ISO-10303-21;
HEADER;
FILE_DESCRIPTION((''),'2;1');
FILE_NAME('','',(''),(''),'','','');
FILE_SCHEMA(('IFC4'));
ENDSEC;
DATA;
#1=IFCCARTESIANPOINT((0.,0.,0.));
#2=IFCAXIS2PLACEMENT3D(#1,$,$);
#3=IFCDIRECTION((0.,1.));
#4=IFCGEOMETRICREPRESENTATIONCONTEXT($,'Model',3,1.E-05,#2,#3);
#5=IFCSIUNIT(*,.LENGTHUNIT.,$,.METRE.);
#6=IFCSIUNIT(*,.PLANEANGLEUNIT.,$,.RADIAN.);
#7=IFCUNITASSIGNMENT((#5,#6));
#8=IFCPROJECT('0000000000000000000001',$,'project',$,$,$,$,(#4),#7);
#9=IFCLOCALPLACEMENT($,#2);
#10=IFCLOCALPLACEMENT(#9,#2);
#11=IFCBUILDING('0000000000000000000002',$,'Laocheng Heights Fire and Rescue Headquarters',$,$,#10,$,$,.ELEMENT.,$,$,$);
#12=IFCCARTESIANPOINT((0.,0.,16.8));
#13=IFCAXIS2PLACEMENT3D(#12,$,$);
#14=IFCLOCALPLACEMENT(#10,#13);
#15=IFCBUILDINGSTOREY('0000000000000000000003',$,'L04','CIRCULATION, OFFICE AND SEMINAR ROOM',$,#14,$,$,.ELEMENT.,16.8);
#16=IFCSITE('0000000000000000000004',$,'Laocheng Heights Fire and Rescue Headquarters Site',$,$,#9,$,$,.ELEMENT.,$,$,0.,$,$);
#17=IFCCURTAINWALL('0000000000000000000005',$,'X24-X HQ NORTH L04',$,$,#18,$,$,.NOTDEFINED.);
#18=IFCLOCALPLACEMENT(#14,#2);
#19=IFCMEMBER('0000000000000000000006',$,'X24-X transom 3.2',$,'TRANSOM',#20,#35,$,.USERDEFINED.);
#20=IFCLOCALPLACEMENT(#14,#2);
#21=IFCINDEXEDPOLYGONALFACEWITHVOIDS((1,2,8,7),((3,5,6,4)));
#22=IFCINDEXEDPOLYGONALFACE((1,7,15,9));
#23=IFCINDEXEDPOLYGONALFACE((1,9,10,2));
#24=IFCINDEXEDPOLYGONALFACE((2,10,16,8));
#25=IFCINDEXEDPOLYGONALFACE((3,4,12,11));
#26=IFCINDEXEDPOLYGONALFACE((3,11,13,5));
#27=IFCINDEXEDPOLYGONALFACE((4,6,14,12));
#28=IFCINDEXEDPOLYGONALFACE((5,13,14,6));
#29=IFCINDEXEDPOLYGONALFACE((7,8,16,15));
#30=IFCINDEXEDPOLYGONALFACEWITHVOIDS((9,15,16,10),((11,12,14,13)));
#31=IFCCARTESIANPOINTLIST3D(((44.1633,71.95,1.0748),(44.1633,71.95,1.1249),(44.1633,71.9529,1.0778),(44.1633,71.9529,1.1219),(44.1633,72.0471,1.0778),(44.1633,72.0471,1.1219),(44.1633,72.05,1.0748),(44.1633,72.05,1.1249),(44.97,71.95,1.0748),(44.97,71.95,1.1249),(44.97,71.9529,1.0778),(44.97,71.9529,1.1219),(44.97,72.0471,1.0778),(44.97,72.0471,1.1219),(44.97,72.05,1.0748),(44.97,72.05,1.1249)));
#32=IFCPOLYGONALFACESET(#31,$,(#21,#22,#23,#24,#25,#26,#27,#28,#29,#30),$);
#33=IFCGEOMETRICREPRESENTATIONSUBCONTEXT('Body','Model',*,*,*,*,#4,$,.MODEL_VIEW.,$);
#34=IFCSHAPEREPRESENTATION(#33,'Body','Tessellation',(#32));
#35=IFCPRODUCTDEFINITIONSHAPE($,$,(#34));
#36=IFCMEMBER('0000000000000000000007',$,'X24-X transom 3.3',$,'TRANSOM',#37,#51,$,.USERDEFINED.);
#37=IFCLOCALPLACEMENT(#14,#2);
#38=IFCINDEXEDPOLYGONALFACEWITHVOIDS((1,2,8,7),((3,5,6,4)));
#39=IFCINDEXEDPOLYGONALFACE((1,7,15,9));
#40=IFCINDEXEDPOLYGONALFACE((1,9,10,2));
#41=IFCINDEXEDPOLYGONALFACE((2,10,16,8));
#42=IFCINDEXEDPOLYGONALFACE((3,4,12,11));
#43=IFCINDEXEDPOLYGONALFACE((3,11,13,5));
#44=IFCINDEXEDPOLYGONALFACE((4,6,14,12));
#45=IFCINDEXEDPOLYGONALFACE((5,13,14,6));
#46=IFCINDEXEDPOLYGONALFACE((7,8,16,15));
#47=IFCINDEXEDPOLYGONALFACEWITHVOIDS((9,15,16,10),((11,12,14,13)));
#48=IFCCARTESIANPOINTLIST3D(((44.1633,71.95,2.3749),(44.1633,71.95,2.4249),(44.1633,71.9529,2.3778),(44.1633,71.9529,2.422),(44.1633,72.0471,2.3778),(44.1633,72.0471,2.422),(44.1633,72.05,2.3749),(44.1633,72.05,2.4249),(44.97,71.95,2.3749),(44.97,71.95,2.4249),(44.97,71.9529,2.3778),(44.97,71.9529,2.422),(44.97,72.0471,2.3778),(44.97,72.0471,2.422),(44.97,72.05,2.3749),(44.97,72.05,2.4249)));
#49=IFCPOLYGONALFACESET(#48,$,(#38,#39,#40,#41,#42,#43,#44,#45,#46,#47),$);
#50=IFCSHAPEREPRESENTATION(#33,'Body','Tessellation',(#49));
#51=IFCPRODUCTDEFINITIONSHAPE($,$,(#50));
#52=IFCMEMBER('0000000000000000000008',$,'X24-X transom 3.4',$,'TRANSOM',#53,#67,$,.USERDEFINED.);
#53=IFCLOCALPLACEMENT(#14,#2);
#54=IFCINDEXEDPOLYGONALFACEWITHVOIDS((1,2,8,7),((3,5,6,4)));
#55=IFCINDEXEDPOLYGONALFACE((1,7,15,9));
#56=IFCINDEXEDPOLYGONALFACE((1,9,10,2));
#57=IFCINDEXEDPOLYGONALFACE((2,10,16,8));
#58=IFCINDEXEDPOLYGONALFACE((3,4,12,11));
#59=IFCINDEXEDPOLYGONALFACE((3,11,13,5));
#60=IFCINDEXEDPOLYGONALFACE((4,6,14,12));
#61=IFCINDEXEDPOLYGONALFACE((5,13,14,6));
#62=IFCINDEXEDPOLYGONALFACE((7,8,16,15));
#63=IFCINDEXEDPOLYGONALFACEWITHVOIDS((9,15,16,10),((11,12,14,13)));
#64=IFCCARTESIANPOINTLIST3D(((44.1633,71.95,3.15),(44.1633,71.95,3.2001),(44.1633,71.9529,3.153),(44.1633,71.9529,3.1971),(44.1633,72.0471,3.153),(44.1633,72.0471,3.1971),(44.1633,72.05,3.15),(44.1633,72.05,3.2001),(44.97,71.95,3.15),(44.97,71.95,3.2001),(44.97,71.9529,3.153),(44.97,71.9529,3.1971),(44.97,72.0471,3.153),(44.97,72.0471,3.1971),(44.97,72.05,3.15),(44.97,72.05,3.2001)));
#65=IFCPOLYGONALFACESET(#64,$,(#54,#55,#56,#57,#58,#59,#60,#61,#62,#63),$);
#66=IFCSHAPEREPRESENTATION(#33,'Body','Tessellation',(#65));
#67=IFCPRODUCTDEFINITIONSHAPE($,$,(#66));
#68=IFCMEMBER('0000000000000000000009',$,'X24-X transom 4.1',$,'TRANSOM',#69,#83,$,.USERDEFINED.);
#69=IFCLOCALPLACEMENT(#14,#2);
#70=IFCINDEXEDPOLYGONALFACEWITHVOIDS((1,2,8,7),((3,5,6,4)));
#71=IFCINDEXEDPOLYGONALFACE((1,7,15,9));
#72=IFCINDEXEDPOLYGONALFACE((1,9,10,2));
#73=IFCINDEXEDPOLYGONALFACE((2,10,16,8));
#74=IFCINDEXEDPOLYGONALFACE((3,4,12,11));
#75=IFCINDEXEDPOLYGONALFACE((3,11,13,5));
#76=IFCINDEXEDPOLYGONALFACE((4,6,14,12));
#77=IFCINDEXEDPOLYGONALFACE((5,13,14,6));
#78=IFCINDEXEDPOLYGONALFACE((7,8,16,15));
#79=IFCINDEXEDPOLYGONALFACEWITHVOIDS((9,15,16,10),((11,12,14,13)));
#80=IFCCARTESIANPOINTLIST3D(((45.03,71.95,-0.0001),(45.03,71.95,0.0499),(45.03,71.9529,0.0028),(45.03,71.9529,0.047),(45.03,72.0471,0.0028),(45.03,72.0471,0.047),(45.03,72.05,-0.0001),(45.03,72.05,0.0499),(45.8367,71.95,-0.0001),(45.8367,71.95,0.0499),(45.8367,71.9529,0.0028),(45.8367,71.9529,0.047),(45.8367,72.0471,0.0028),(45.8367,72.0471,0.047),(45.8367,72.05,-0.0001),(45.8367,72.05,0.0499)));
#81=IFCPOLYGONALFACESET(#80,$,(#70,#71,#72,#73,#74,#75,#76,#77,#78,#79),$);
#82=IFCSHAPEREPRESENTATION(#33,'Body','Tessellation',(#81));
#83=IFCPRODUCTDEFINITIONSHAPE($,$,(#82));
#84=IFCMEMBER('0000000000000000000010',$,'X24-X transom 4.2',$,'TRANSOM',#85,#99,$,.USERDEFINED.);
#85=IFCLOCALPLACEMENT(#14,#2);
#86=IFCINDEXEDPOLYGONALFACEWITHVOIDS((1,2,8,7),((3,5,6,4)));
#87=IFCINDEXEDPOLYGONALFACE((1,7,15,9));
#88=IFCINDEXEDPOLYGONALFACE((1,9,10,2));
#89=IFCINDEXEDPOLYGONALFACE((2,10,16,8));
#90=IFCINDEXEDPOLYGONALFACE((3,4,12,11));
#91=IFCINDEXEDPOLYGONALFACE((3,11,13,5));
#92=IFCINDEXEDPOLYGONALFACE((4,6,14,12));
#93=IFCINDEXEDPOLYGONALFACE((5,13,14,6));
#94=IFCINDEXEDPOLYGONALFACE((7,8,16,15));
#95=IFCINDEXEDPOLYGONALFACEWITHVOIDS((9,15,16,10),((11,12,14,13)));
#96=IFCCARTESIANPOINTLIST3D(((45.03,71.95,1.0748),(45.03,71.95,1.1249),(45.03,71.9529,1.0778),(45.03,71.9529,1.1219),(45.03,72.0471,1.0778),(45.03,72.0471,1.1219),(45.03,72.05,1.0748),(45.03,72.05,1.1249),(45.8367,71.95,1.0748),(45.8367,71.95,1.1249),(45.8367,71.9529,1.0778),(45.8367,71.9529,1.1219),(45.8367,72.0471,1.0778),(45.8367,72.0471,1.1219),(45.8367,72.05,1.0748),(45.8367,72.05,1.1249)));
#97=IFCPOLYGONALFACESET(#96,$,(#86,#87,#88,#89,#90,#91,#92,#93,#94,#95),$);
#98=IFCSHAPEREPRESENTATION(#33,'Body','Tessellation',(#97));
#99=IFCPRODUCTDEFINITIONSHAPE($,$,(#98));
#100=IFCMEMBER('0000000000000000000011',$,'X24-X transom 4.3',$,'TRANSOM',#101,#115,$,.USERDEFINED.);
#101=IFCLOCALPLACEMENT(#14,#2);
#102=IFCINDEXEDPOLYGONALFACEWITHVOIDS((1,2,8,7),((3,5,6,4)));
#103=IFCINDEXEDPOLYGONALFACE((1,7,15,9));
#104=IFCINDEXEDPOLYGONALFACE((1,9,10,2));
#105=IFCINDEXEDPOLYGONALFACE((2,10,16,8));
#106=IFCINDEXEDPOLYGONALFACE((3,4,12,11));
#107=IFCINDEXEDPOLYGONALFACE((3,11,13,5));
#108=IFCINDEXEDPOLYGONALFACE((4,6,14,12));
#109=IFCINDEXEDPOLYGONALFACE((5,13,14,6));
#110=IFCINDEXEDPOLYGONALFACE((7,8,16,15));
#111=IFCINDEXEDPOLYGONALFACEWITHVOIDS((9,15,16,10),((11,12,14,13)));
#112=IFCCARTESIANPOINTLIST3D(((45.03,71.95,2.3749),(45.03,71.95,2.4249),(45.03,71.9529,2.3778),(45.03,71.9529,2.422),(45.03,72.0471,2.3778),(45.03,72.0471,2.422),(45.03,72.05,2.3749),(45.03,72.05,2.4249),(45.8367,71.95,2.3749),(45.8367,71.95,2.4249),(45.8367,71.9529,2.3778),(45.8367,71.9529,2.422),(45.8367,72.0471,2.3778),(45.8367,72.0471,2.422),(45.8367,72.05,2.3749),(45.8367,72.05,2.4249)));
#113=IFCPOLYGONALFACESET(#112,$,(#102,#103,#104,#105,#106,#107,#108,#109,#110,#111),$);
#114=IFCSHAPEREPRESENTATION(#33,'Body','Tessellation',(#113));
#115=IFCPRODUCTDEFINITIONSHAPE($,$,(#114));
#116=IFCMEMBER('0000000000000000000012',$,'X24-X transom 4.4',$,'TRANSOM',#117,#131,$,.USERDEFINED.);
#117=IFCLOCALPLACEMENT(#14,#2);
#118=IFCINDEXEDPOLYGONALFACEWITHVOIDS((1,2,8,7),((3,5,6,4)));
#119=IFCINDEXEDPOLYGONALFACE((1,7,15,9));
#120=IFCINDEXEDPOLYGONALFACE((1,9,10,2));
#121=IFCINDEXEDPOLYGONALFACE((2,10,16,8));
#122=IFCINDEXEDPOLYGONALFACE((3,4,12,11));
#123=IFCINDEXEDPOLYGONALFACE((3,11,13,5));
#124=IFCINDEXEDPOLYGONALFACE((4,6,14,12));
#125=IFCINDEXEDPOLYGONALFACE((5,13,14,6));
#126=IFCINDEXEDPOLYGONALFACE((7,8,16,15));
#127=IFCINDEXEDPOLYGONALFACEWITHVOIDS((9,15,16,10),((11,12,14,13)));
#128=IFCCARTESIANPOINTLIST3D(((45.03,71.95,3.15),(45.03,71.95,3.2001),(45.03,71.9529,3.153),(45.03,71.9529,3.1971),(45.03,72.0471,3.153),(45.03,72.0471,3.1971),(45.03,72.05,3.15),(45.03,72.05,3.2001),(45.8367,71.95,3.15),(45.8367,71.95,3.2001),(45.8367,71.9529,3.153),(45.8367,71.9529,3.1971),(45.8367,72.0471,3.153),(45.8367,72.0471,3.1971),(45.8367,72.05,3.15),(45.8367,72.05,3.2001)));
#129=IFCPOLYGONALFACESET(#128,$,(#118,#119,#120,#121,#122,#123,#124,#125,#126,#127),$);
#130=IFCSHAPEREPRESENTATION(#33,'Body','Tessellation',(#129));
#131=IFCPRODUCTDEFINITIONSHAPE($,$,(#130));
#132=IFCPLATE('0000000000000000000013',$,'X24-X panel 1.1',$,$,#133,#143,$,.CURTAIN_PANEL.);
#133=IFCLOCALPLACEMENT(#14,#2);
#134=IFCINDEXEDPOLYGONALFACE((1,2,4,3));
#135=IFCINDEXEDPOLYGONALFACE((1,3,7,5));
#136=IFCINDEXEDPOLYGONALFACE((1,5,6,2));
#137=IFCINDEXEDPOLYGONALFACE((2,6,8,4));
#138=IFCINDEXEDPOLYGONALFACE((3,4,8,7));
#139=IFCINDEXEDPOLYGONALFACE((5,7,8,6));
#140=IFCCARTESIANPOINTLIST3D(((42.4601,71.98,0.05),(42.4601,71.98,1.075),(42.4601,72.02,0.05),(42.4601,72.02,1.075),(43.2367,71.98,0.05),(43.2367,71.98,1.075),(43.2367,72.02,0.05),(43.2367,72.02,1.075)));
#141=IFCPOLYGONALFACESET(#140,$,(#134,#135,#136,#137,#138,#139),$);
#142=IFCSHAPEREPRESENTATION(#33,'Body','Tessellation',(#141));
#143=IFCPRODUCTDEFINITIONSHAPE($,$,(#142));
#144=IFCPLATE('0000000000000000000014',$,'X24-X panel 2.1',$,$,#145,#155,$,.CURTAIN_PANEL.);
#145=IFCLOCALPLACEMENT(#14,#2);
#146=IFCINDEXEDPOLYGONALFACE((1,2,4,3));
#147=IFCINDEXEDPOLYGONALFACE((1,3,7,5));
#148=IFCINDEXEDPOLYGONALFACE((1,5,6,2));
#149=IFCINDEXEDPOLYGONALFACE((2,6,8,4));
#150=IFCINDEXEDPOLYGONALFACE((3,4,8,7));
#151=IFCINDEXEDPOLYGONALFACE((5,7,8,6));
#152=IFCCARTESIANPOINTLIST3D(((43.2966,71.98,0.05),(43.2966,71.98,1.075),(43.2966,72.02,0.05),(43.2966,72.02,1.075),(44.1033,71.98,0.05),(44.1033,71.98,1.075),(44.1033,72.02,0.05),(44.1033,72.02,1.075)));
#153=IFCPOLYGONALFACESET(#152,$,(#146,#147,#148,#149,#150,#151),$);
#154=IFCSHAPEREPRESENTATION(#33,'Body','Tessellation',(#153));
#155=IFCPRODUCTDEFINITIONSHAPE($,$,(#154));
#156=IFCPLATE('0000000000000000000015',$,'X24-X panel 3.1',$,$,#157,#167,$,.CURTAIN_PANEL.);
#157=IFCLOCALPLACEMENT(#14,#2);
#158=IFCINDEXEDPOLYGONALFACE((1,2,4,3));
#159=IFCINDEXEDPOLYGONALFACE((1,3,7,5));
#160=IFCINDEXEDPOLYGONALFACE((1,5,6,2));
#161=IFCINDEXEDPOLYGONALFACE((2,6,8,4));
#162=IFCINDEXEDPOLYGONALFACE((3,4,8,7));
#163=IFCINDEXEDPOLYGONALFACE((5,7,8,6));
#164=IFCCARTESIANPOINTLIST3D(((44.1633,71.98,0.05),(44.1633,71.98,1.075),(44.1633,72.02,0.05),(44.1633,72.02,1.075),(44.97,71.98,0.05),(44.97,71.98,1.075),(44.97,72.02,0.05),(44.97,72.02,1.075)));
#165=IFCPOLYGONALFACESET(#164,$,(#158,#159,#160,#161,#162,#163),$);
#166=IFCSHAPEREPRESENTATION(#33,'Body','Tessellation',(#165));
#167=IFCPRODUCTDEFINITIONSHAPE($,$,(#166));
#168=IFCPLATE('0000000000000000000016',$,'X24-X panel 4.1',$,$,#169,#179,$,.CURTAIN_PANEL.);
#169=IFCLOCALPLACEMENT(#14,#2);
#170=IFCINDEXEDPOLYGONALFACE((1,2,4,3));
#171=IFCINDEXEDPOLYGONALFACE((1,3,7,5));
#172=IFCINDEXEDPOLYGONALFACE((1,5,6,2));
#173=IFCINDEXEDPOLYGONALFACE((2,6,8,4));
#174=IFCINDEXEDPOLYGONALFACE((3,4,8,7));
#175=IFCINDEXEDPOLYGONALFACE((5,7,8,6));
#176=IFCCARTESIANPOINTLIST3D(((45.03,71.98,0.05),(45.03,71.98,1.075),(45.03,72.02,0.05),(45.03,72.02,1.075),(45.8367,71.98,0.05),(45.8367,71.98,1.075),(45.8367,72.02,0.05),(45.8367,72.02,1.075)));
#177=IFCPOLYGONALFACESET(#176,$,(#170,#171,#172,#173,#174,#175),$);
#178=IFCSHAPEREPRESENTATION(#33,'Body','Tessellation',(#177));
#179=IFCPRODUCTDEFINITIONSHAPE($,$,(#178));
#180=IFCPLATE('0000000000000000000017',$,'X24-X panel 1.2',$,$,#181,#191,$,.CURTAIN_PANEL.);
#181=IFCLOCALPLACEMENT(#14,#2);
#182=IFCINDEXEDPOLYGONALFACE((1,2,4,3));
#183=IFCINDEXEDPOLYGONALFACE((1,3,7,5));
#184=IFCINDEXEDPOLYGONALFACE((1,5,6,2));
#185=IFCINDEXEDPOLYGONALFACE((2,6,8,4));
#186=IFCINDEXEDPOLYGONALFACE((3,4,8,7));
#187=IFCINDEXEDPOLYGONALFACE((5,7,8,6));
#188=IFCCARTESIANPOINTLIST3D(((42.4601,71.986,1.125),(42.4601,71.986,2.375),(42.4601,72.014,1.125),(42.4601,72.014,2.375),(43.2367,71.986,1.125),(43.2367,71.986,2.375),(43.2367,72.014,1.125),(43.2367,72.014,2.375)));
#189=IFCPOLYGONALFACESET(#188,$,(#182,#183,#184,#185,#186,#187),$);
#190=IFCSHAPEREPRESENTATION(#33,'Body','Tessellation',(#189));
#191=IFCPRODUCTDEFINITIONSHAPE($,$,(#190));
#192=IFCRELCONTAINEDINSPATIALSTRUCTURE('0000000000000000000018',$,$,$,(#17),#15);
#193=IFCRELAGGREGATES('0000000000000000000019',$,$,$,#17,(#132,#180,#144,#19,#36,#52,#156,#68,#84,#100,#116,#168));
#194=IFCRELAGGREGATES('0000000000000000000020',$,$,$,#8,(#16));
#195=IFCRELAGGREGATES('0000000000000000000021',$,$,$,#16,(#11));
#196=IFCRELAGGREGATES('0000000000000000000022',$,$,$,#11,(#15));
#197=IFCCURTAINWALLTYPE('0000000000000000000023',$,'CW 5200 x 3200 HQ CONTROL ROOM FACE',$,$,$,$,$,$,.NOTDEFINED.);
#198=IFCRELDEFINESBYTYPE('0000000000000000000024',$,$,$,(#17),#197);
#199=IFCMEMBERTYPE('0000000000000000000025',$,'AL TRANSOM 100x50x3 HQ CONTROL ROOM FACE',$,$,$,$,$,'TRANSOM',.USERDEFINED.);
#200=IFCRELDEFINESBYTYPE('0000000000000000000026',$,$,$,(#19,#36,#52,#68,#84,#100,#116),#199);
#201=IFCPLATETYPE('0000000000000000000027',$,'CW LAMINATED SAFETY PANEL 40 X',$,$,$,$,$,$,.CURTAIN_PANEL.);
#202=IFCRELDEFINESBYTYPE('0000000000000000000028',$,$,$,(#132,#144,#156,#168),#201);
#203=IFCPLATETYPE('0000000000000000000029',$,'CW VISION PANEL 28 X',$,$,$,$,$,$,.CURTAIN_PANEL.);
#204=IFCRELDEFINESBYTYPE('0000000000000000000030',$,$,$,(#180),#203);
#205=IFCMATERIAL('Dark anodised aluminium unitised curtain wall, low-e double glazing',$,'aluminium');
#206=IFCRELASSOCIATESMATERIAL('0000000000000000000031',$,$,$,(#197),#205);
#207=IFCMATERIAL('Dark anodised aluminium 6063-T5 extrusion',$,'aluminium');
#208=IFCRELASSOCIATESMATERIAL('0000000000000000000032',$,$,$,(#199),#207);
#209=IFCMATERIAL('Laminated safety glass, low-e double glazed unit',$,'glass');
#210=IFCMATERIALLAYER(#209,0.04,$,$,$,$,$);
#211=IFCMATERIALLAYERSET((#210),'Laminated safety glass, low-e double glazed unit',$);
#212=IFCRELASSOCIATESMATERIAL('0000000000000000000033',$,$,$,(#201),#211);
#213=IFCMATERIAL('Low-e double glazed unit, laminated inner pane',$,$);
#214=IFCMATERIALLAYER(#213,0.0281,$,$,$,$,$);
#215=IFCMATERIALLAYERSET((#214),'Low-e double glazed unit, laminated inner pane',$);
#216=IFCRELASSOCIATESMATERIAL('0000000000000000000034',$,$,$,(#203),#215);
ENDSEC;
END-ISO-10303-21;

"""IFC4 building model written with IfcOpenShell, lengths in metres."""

from ifc_helpers import new_model, si_unit, direction, frame, origin, origin_2d, place, context, subcontext, project, spatial, rectangle, hollow_rectangle, extrude, material, layer, layer_set, material_profile, profile_set, type_object, element, aggregate, save


model = new_model("IFC4")

# Units and contexts
model_context = context("Model", 3, precision=1e-05, world=origin(), true_north=direction((0.0, 1.0)))
body_context = subcontext(model_context, "Body", "Model", "MODEL_VIEW")
ifc_project = project(units=[si_unit("LENGTHUNIT", "METRE"), si_unit("PLANEANGLEUNIT", "RADIAN")], contexts=[model_context])

# Site, building, storey
site_placement = place(None, origin())
site = spatial("IfcSite", under=ifc_project, at=site_placement, Name="Laocheng Heights Fire and Rescue Headquarters Site", CompositionType="ELEMENT", RefElevation=0.0)
building_placement = place(site_placement, origin())
building = spatial("IfcBuilding", under=site, at=building_placement, Name="Laocheng Heights Fire and Rescue Headquarters", CompositionType="ELEMENT")
storey_placement = place(building_placement, frame((0.0, 0.0, 16.8)))
storey = spatial("IfcBuildingStorey", under=building, at=storey_placement, Name="L04", Description="CIRCULATION, OFFICE AND SEMINAR ROOM", CompositionType="ELEMENT", Elevation=16.8)

# Curtain wall, members, plates
ifc_material_1 = material(Name="Dark anodised aluminium unitised curtain wall, low-e double glazing", Category="aluminium")
curtain_wall_type = type_object("IfcCurtainWallType", Name="CW 5200 x 3200 HQ CONTROL ROOM FACE", PredefinedType="NOTDEFINED", material=ifc_material_1)
curtain_wall_placement = place(storey_placement, origin())
curtain_wall = element("IfcCurtainWall", 1, at=curtain_wall_placement, inside=storey, type_object=curtain_wall_type, Name="X24-X HQ NORTH L04", PredefinedType="NOTDEFINED")
ifc_material_2 = material(Name="Dark anodised aluminium 6063-T5 extrusion", Category="aluminium")
ifc_material_profile_1 = material_profile(ifc_material_2, hollow_rectangle(XDim=0.1001, YDim=0.05, WallThickness=0.0029, at=origin_2d()), Name="AL TRANSOM 100x50x3 HQ CONTROL ROOM FACE")
ifc_profile_set_1 = profile_set([ifc_material_profile_1], Name="Dark anodised aluminium 6063-T5 extrusion")
member_type_1 = type_object("IfcMemberType", Name="AL TRANSOM 100x50x3 HQ CONTROL ROOM FACE", ElementType="TRANSOM", PredefinedType="USERDEFINED", material=ifc_profile_set_1)
member_1_placement = place(storey_placement, frame((44.1633, 72.0, 1.0999), z_axis=(1.0, 0.0, 0.0), x_axis=(0.0, 1.0, 0.0)))
member_1 = element("IfcMember", 2, at=member_1_placement, type_object=member_type_1, Name="X24-X transom 3.2", ObjectType="TRANSOM", PredefinedType="USERDEFINED", context=body_context, shape_type="SweptSolid", body=[
    extrude(hollow_rectangle(XDim=0.1001, YDim=0.05, WallThickness=0.0029, at=origin_2d()), origin(), (0.0, 0.0, 1.0), 0.8066),
])
member_2_placement = place(storey_placement, frame((44.1633, 72.0, 2.3999), z_axis=(1.0, 0.0, 0.0), x_axis=(0.0, 1.0, 0.0)))
member_2 = element("IfcMember", 3, at=member_2_placement, type_object=member_type_1, Name="X24-X transom 3.3", ObjectType="TRANSOM", PredefinedType="USERDEFINED", context=body_context, shape_type="SweptSolid", body=[
    extrude(hollow_rectangle(XDim=0.1001, YDim=0.05, WallThickness=0.0029, at=origin_2d()), origin(), (0.0, 0.0, 1.0), 0.8066),
])
member_3_placement = place(storey_placement, frame((44.1633, 72.0, 3.175), z_axis=(1.0, 0.0, 0.0), x_axis=(0.0, 1.0, 0.0)))
member_3 = element("IfcMember", 4, at=member_3_placement, type_object=member_type_1, Name="X24-X transom 3.4", ObjectType="TRANSOM", PredefinedType="USERDEFINED", context=body_context, shape_type="SweptSolid", body=[
    extrude(hollow_rectangle(XDim=0.1001, YDim=0.05, WallThickness=0.0029, at=origin_2d()), origin(), (0.0, 0.0, 1.0), 0.8066),
])
member_4_placement = place(storey_placement, frame((45.03, 72.0, 0.0249), z_axis=(1.0, 0.0, 0.0), x_axis=(0.0, 1.0, 0.0)))
member_4 = element("IfcMember", 5, at=member_4_placement, type_object=member_type_1, Name="X24-X transom 4.1", ObjectType="TRANSOM", PredefinedType="USERDEFINED", context=body_context, shape_type="SweptSolid", body=[
    extrude(hollow_rectangle(XDim=0.1001, YDim=0.05, WallThickness=0.0029, at=origin_2d()), origin(), (0.0, 0.0, 1.0), 0.8066),
])
member_5_placement = place(storey_placement, frame((45.03, 72.0, 1.0999), z_axis=(1.0, 0.0, 0.0), x_axis=(0.0, 1.0, 0.0)))
member_5 = element("IfcMember", 6, at=member_5_placement, type_object=member_type_1, Name="X24-X transom 4.2", ObjectType="TRANSOM", PredefinedType="USERDEFINED", context=body_context, shape_type="SweptSolid", body=[
    extrude(hollow_rectangle(XDim=0.1001, YDim=0.05, WallThickness=0.0029, at=origin_2d()), origin(), (0.0, 0.0, 1.0), 0.8066),
])
member_6_placement = place(storey_placement, frame((45.03, 72.0, 2.3999), z_axis=(1.0, 0.0, 0.0), x_axis=(0.0, 1.0, 0.0)))
member_6 = element("IfcMember", 7, at=member_6_placement, type_object=member_type_1, Name="X24-X transom 4.3", ObjectType="TRANSOM", PredefinedType="USERDEFINED", context=body_context, shape_type="SweptSolid", body=[
    extrude(hollow_rectangle(XDim=0.1001, YDim=0.05, WallThickness=0.0029, at=origin_2d()), origin(), (0.0, 0.0, 1.0), 0.8066),
])
member_7_placement = place(storey_placement, frame((45.03, 72.0, 3.175), z_axis=(1.0, 0.0, 0.0), x_axis=(0.0, 1.0, 0.0)))
member_7 = element("IfcMember", 8, at=member_7_placement, type_object=member_type_1, Name="X24-X transom 4.4", ObjectType="TRANSOM", PredefinedType="USERDEFINED", context=body_context, shape_type="SweptSolid", body=[
    extrude(hollow_rectangle(XDim=0.1001, YDim=0.05, WallThickness=0.0029, at=origin_2d()), origin(), (0.0, 0.0, 1.0), 0.8066),
])
ifc_material_3 = material(Name="Laminated safety glass, low-e double glazed unit", Category="glass")
ifc_layer_1 = layer(ifc_material_3, 0.04)
ifc_layer_set_1 = layer_set([ifc_layer_1], Name="Laminated safety glass, low-e double glazed unit")
plate_type_1 = type_object("IfcPlateType", Name="CW LAMINATED SAFETY PANEL 40 X", PredefinedType="CURTAIN_PANEL", material=ifc_layer_set_1)
plate_1_placement = place(storey_placement, frame((42.8484, 72.0, 0.05), z_axis=(0.0, 0.0, 1.0), x_axis=(1.0, 0.0, 0.0)))
plate_1 = element("IfcPlate", 9, at=plate_1_placement, type_object=plate_type_1, Name="X24-X panel 1.1", PredefinedType="CURTAIN_PANEL", context=body_context, shape_type="SweptSolid", body=[
    extrude(rectangle(XDim=0.7766, YDim=0.04, at=origin_2d()), origin(), (0.0, 0.0, 1.0), 1.0249),
])
plate_2_placement = place(storey_placement, frame((43.7, 72.0, 0.05), z_axis=(0.0, 0.0, 1.0), x_axis=(1.0, 0.0, 0.0)))
plate_2 = element("IfcPlate", 10, at=plate_2_placement, type_object=plate_type_1, Name="X24-X panel 2.1", PredefinedType="CURTAIN_PANEL", context=body_context, shape_type="SweptSolid", body=[
    extrude(rectangle(XDim=0.8066, YDim=0.04, at=origin_2d()), origin(), (0.0, 0.0, 1.0), 1.0249),
])
plate_3_placement = place(storey_placement, frame((44.5667, 72.0, 0.05), z_axis=(0.0, 0.0, 1.0), x_axis=(1.0, 0.0, 0.0)))
plate_3 = element("IfcPlate", 11, at=plate_3_placement, type_object=plate_type_1, Name="X24-X panel 3.1", PredefinedType="CURTAIN_PANEL", context=body_context, shape_type="SweptSolid", body=[
    extrude(rectangle(XDim=0.8066, YDim=0.04, at=origin_2d()), origin(), (0.0, 0.0, 1.0), 1.0249),
])
plate_4_placement = place(storey_placement, frame((45.4333, 72.0, 0.05), z_axis=(0.0, 0.0, 1.0), x_axis=(1.0, 0.0, 0.0)))
plate_4 = element("IfcPlate", 12, at=plate_4_placement, type_object=plate_type_1, Name="X24-X panel 4.1", PredefinedType="CURTAIN_PANEL", context=body_context, shape_type="SweptSolid", body=[
    extrude(rectangle(XDim=0.8066, YDim=0.04, at=origin_2d()), origin(), (0.0, 0.0, 1.0), 1.0249),
])
ifc_material_4 = material(Name="Low-e double glazed unit, laminated inner pane")
ifc_layer_2 = layer(ifc_material_4, 0.0281)
ifc_layer_set_2 = layer_set([ifc_layer_2], Name="Low-e double glazed unit, laminated inner pane")
plate_type_2 = type_object("IfcPlateType", Name="CW VISION PANEL 28 X", PredefinedType="CURTAIN_PANEL", material=ifc_layer_set_2)
plate_5_placement = place(storey_placement, frame((42.8484, 72.0, 1.125), z_axis=(0.0, 0.0, 1.0), x_axis=(1.0, 0.0, 0.0)))
plate_5 = element("IfcPlate", 13, at=plate_5_placement, type_object=plate_type_2, Name="X24-X panel 1.2", PredefinedType="CURTAIN_PANEL", context=body_context, shape_type="SweptSolid", body=[
    extrude(rectangle(XDim=0.7766, YDim=0.0281, at=origin_2d()), origin(), (0.0, 0.0, 1.0), 1.25),
])
aggregate(curtain_wall, [plate_1, plate_5, plate_2, member_1, member_2, member_3, plate_3, member_4, member_5, member_6, member_7, plate_4])

save(model, "model.ifc")
